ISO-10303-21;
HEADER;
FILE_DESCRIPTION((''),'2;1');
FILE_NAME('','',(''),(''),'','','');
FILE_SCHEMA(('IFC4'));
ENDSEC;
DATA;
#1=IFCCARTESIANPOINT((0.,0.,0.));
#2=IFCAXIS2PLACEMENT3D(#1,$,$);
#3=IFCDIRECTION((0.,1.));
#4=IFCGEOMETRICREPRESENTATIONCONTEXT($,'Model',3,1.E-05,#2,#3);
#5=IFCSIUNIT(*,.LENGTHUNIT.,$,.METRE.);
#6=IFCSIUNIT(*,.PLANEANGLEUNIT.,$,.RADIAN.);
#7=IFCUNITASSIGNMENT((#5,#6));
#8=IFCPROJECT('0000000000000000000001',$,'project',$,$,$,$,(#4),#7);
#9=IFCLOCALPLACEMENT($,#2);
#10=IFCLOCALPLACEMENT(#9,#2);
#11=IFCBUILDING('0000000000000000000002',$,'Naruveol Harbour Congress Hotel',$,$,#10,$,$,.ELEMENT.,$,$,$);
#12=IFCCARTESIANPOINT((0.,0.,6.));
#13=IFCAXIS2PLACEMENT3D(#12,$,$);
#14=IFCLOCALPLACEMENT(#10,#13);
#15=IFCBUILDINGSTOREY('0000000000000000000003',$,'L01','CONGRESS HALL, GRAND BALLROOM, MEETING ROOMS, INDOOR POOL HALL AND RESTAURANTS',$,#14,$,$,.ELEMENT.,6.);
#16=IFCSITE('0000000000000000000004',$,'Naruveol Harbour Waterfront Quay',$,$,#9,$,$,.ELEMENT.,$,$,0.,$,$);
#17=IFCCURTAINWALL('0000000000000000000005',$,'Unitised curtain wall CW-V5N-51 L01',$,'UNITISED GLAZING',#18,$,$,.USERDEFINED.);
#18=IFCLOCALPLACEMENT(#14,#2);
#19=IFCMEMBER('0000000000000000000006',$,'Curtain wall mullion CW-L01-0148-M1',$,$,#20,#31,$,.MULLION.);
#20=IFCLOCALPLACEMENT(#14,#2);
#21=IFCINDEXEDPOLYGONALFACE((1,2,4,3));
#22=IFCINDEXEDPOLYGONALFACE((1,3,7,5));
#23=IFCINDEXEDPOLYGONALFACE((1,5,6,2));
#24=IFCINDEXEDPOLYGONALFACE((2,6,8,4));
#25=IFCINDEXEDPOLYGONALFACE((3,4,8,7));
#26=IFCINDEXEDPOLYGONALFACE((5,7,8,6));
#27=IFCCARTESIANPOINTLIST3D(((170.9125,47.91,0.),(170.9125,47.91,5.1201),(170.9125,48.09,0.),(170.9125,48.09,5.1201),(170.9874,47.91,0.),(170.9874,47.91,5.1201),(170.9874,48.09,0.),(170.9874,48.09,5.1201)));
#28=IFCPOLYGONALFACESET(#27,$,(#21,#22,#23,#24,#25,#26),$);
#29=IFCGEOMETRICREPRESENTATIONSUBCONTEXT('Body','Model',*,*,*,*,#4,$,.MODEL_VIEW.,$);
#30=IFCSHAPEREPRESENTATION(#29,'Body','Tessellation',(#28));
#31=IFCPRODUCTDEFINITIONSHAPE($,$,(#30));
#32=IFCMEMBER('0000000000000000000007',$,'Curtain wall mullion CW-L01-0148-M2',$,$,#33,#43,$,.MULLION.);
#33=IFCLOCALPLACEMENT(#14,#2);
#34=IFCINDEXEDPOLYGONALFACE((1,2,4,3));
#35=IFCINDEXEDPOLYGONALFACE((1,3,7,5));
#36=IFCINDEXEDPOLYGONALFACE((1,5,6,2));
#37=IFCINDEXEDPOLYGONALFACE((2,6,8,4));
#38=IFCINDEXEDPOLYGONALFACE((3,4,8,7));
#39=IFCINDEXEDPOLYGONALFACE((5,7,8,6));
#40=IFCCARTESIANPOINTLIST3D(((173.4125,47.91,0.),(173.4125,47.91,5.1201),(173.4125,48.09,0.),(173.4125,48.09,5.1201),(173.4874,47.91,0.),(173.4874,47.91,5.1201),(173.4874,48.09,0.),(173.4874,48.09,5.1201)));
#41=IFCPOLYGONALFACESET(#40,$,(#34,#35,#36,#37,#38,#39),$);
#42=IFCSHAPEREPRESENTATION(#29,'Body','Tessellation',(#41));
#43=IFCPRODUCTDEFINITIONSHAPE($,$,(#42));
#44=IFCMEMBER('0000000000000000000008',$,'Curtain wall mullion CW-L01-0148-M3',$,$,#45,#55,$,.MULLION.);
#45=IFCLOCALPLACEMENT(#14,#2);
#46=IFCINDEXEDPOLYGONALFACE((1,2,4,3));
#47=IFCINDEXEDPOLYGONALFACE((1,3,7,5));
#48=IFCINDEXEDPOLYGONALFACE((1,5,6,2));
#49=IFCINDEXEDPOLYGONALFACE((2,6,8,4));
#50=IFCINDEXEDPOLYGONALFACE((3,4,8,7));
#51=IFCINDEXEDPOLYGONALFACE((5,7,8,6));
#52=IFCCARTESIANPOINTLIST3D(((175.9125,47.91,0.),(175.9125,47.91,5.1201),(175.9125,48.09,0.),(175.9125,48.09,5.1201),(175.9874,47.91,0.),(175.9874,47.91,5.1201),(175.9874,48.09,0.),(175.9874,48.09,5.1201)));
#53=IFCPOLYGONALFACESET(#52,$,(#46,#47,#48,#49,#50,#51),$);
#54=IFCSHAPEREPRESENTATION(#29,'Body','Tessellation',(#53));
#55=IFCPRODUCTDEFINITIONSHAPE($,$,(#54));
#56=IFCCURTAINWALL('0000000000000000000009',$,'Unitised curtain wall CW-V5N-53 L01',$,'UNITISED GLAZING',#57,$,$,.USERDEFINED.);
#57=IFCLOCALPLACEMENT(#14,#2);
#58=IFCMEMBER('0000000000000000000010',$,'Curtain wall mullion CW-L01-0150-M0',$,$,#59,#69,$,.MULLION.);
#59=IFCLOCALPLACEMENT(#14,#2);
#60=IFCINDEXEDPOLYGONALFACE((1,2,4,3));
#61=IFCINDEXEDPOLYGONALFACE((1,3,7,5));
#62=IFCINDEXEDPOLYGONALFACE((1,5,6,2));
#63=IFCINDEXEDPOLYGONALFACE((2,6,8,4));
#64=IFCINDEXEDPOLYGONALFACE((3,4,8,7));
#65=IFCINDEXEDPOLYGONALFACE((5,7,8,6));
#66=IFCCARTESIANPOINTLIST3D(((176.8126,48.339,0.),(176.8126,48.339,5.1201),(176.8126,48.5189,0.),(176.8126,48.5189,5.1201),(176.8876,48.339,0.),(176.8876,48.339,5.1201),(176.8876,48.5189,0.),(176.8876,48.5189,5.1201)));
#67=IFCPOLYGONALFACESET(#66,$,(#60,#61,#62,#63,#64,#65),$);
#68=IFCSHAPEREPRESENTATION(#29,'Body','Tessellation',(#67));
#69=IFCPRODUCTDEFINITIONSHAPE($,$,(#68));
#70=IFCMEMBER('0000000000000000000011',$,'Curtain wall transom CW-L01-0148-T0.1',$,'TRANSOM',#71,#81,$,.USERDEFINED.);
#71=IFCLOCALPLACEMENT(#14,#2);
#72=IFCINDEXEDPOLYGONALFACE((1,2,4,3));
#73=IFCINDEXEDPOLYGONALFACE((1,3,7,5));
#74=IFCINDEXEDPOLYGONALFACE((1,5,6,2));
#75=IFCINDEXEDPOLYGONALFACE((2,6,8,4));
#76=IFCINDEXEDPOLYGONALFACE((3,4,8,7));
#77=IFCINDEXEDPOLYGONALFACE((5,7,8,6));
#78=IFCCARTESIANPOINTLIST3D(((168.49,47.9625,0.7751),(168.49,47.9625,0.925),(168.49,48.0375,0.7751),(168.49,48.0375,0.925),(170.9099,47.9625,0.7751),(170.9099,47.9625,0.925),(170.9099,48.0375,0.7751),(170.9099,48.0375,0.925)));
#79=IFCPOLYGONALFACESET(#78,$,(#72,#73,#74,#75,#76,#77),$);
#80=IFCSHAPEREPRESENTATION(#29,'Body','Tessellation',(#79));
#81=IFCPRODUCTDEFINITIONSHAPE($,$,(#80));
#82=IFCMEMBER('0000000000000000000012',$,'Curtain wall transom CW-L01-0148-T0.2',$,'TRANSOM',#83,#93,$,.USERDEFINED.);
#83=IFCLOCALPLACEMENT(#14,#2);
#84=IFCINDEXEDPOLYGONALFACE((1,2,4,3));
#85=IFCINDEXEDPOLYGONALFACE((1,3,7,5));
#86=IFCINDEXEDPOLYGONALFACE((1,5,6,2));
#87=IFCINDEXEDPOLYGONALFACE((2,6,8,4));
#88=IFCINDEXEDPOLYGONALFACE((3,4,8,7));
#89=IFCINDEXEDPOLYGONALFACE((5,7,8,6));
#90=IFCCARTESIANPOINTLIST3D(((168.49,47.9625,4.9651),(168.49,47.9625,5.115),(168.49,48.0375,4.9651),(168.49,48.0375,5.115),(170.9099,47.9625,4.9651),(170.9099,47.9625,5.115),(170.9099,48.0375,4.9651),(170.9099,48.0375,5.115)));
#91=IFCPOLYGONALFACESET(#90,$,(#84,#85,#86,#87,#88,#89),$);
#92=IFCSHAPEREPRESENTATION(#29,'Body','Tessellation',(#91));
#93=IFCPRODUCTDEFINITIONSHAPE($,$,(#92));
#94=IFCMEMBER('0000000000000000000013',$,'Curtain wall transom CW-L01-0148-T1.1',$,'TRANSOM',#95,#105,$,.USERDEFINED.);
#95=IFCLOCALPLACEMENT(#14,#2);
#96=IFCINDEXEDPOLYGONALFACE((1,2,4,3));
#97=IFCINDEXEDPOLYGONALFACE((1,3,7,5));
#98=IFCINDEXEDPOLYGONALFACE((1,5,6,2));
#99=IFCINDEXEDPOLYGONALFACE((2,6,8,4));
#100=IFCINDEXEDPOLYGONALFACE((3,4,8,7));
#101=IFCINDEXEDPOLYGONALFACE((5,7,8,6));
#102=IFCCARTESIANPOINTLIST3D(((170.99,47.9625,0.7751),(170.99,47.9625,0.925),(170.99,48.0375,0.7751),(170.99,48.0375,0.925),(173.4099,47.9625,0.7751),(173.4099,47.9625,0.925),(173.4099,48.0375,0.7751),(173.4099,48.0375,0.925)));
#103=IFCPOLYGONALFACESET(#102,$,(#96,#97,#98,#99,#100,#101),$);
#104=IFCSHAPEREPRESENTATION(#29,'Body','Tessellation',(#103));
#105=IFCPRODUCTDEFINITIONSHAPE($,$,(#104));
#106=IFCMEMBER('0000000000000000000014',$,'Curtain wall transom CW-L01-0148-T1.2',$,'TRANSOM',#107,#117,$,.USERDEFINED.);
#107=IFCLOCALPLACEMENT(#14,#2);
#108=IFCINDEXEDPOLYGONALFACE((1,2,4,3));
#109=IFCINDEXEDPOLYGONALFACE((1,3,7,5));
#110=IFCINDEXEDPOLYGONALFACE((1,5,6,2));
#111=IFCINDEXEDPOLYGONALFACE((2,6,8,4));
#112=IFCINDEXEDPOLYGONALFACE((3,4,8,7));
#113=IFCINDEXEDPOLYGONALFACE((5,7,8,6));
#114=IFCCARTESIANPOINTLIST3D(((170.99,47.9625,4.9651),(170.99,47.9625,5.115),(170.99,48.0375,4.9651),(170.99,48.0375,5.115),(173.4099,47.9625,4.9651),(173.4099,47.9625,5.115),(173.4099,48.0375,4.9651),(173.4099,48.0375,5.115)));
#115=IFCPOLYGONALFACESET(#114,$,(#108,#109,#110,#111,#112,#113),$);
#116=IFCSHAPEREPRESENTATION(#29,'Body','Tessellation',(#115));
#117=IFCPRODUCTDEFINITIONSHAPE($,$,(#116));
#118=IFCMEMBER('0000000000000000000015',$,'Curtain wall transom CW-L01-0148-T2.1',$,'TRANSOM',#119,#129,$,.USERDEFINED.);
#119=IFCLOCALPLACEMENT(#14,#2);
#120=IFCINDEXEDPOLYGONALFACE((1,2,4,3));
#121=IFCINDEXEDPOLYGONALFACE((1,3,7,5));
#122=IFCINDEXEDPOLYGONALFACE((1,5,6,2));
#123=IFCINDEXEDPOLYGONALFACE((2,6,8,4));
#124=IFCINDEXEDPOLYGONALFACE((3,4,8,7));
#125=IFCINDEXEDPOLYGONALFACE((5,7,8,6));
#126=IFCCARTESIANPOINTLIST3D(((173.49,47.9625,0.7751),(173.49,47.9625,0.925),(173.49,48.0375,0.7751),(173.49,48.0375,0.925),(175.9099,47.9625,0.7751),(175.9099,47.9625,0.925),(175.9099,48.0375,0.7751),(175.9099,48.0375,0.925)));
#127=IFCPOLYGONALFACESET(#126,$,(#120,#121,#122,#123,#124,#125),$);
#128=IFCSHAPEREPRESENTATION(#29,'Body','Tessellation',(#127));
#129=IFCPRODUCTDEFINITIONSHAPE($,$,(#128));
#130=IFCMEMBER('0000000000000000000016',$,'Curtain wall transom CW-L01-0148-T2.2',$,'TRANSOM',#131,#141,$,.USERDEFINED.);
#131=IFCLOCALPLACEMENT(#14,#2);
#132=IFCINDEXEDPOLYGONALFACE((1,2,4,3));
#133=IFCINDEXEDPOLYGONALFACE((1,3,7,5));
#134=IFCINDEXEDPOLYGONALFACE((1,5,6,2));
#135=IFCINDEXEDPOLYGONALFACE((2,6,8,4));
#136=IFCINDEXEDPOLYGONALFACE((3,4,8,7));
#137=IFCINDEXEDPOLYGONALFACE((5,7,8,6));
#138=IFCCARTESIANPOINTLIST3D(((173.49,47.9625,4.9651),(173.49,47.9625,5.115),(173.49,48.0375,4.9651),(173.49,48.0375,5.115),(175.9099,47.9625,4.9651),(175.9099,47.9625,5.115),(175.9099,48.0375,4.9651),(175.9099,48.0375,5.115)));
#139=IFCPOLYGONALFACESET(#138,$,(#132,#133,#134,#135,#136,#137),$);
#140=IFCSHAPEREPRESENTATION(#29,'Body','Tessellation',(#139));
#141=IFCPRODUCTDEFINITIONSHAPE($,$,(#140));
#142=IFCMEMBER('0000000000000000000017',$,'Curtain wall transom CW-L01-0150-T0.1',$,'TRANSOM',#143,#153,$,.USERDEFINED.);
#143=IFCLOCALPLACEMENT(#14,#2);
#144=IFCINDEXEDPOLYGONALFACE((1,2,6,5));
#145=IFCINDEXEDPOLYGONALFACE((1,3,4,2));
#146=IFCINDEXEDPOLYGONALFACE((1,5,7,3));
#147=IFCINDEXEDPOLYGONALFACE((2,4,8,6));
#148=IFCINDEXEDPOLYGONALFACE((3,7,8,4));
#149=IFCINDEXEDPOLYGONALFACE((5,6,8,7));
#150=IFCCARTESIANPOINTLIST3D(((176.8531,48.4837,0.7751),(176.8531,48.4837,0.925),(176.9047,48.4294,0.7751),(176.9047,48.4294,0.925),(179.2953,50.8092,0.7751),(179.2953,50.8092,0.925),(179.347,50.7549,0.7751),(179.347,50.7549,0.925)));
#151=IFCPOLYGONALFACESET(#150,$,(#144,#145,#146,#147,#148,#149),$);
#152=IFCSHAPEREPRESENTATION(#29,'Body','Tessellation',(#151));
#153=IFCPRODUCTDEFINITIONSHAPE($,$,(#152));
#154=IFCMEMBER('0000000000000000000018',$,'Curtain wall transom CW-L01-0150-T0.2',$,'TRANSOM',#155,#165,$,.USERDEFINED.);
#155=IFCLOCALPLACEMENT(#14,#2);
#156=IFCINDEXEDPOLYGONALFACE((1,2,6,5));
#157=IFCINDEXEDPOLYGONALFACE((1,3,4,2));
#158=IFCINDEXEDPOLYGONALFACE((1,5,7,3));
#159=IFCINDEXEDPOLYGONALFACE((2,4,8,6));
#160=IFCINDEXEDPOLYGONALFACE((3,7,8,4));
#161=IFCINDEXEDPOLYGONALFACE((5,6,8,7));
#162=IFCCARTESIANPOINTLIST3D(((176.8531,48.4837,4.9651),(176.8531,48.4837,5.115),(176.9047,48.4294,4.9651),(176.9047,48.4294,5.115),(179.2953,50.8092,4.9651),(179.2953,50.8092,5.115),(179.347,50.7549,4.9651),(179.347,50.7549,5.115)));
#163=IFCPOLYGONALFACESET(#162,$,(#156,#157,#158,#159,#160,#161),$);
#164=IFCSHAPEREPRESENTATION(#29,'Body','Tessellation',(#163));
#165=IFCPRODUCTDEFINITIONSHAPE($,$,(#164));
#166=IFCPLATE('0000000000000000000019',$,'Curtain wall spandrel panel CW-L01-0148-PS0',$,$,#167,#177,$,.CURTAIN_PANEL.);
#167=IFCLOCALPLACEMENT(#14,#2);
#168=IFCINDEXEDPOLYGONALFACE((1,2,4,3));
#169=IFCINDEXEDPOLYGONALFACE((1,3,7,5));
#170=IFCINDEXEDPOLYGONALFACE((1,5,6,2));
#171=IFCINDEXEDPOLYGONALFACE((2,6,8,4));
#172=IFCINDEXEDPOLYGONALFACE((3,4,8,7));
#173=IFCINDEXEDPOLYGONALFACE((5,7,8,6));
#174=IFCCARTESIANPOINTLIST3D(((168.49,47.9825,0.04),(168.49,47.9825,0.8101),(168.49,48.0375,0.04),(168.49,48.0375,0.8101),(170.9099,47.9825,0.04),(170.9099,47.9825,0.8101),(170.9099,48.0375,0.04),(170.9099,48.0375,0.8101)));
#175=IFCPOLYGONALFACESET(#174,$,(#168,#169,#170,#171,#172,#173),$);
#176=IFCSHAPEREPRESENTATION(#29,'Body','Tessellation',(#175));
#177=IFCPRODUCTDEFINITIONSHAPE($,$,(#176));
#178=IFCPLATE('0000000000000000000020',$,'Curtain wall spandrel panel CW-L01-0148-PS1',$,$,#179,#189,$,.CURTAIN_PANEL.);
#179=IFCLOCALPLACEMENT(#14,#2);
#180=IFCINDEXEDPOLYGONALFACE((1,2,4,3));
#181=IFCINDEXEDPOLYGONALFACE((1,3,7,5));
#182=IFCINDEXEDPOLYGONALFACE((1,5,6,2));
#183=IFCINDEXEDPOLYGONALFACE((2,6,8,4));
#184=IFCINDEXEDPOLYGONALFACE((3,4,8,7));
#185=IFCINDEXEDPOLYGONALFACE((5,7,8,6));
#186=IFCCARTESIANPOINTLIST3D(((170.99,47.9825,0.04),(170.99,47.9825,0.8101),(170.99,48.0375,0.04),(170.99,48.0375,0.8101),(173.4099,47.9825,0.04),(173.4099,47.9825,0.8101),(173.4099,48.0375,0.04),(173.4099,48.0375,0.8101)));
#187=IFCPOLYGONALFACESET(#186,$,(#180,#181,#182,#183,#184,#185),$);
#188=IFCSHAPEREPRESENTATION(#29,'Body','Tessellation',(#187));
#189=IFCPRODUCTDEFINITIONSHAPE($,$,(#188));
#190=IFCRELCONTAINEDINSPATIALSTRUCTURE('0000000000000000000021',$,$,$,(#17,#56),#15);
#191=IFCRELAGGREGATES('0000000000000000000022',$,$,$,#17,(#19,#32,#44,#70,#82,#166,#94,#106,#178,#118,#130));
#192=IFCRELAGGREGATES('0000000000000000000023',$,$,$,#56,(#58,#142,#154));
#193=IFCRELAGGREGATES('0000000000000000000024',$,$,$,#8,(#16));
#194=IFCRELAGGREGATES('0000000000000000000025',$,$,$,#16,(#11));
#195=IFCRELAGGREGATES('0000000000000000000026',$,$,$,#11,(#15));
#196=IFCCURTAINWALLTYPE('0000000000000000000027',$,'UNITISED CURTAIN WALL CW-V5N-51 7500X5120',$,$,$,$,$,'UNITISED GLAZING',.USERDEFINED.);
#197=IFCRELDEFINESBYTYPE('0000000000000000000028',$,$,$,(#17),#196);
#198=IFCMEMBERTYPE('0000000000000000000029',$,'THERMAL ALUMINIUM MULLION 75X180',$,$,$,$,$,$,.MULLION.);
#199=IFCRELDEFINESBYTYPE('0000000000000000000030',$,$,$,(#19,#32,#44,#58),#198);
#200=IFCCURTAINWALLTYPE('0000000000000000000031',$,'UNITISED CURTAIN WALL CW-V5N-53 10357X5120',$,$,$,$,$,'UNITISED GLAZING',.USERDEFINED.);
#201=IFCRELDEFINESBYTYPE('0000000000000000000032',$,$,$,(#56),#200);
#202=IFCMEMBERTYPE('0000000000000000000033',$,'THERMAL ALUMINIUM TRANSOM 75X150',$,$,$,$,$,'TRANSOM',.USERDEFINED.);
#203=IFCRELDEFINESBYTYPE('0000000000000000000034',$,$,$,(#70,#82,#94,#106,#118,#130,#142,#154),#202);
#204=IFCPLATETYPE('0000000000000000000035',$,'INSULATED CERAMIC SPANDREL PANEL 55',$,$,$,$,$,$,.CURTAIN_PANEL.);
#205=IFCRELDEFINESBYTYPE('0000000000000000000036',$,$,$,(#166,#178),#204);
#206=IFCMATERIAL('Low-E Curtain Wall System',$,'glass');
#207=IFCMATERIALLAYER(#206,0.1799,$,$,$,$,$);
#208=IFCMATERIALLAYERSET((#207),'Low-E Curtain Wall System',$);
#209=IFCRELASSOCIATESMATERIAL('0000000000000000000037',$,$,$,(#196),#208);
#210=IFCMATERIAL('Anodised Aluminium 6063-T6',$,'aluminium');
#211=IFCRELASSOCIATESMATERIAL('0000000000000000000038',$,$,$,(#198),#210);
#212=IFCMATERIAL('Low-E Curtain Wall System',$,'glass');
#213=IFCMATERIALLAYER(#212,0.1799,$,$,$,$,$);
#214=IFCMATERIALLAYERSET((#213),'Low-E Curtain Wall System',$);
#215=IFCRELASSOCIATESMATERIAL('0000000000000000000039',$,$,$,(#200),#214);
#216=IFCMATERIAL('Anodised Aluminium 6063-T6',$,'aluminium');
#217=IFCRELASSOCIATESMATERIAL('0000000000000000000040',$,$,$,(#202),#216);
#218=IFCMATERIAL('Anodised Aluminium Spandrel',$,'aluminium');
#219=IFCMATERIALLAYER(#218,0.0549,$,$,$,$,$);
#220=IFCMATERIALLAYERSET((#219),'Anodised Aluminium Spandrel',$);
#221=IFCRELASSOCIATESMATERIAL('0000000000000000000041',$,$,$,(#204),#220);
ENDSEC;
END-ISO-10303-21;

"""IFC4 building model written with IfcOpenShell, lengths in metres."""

from ifc_helpers import new_model, si_unit, direction, frame, origin, origin_2d, place, context, subcontext, project, spatial, rectangle, extrude, material, layer, layer_set, material_profile, profile_set, type_object, element, aggregate, save


model = new_model("IFC4")

# Units and contexts
model_context = context("Model", 3, precision=1e-05, world=origin(), true_north=direction((0.0, 1.0)))
body_context = subcontext(model_context, "Body", "Model", "MODEL_VIEW")
ifc_project = project(units=[si_unit("LENGTHUNIT", "METRE"), si_unit("PLANEANGLEUNIT", "RADIAN")], contexts=[model_context])

# Site, building, storey
site_placement = place(None, origin())
site = spatial("IfcSite", under=ifc_project, at=site_placement, Name="Naruveol Harbour Waterfront Quay", CompositionType="ELEMENT", RefElevation=0.0)
building_placement = place(site_placement, origin())
building = spatial("IfcBuilding", under=site, at=building_placement, Name="Naruveol Harbour Congress Hotel", CompositionType="ELEMENT")
storey_placement = place(building_placement, frame((0.0, 0.0, 6.0)))
storey = spatial("IfcBuildingStorey", under=building, at=storey_placement, Name="L01", Description="CONGRESS HALL, GRAND BALLROOM, MEETING ROOMS, INDOOR POOL HALL AND RESTAURANTS", CompositionType="ELEMENT", Elevation=6.0)

# Curtain wall, members
ifc_material_1 = material(Name="Low-E Curtain Wall System", Category="glass")
ifc_layer_1 = layer(ifc_material_1, 0.1799)
ifc_layer_set_1 = layer_set([ifc_layer_1], Name="Low-E Curtain Wall System")
curtain_wall_type_1 = type_object("IfcCurtainWallType", Name="UNITISED CURTAIN WALL CW-V5N-51 7500X5120", ElementType="UNITISED GLAZING", PredefinedType="USERDEFINED", material=ifc_layer_set_1)
curtain_wall_1_placement = place(storey_placement, origin())
curtain_wall_1 = element("IfcCurtainWall", 1, at=curtain_wall_1_placement, inside=storey, type_object=curtain_wall_type_1, Name="Unitised curtain wall CW-V5N-51 L01", ObjectType="UNITISED GLAZING", PredefinedType="USERDEFINED")
ifc_material_2 = material(Name="Anodised Aluminium 6063-T6", Category="aluminium")
ifc_material_profile_1 = material_profile(ifc_material_2, rectangle(XDim=0.075, YDim=0.1799, at=origin_2d()), Name="ALU-75x180")
ifc_profile_set_1 = profile_set([ifc_material_profile_1], Name="Anodised Aluminium 6063-T6")
member_type_1 = type_object("IfcMemberType", Name="THERMAL ALUMINIUM MULLION 75X180", PredefinedType="MULLION", material=ifc_profile_set_1)
member_1_placement = place(storey_placement, frame((170.95, 48.0, 0.0), z_axis=(0.0, 0.0, 1.0), x_axis=(1.0, 0.0, 0.0)))
member_1 = element("IfcMember", 2, at=member_1_placement, type_object=member_type_1, Name="Curtain wall mullion CW-L01-0148-M1", PredefinedType="MULLION", context=body_context, shape_type="SweptSolid", body=[
    extrude(rectangle(XDim=0.075, YDim=0.1799, at=origin_2d()), origin(), (0.0, 0.0, 1.0), 5.1201),
])
member_2_placement = place(storey_placement, frame((173.45, 48.0, 0.0), z_axis=(0.0, 0.0, 1.0), x_axis=(1.0, 0.0, 0.0)))
member_2 = element("IfcMember", 3, at=member_2_placement, type_object=member_type_1, Name="Curtain wall mullion CW-L01-0148-M2", PredefinedType="MULLION", context=body_context, shape_type="SweptSolid", body=[
    extrude(rectangle(XDim=0.075, YDim=0.1799, at=origin_2d()), origin(), (0.0, 0.0, 1.0), 5.1201),
])
member_3_placement = place(storey_placement, frame((175.95, 48.0, 0.0), z_axis=(0.0, 0.0, 1.0), x_axis=(1.0, 0.0, 0.0)))
member_3 = element("IfcMember", 4, at=member_3_placement, type_object=member_type_1, Name="Curtain wall mullion CW-L01-0148-M3", PredefinedType="MULLION", context=body_context, shape_type="SweptSolid", body=[
    extrude(rectangle(XDim=0.075, YDim=0.1799, at=origin_2d()), origin(), (0.0, 0.0, 1.0), 5.1201),
])

# Curtain wall, member
ifc_material_3 = material(Name="Low-E Curtain Wall System", Category="glass")
ifc_layer_2 = layer(ifc_material_3, 0.1799)
ifc_layer_set_2 = layer_set([ifc_layer_2], Name="Low-E Curtain Wall System")
curtain_wall_type_2 = type_object("IfcCurtainWallType", Name="UNITISED CURTAIN WALL CW-V5N-53 10357X5120", ElementType="UNITISED GLAZING", PredefinedType="USERDEFINED", material=ifc_layer_set_2)
curtain_wall_2_placement = place(storey_placement, origin())
curtain_wall_2 = element("IfcCurtainWall", 5, at=curtain_wall_2_placement, inside=storey, type_object=curtain_wall_type_2, Name="Unitised curtain wall CW-V5N-53 L01", ObjectType="UNITISED GLAZING", PredefinedType="USERDEFINED")
member_4_placement = place(storey_placement, frame((176.8501, 48.429, 0.0), z_axis=(0.0, 0.0, 1.0), x_axis=(1.0, 0.0, 0.0)))
member_4 = element("IfcMember", 6, at=member_4_placement, type_object=member_type_1, Name="Curtain wall mullion CW-L01-0150-M0", PredefinedType="MULLION", context=body_context, shape_type="SweptSolid", body=[
    extrude(rectangle(XDim=0.075, YDim=0.1799, at=origin_2d()), origin(), (0.0, 0.0, 1.0), 5.1201),
])

# Members
ifc_material_4 = material(Name="Anodised Aluminium 6063-T6", Category="aluminium")
ifc_material_profile_2 = material_profile(ifc_material_4, rectangle(XDim=0.075, YDim=0.1499, at=origin_2d()), Name="ALU-75x150")
ifc_profile_set_2 = profile_set([ifc_material_profile_2], Name="Anodised Aluminium 6063-T6")
member_type_2 = type_object("IfcMemberType", Name="THERMAL ALUMINIUM TRANSOM 75X150", ElementType="TRANSOM", PredefinedType="USERDEFINED", material=ifc_profile_set_2)
member_5_placement = place(storey_placement, frame((168.49, 48.0, 0.8501), z_axis=(1.0, 0.0, 0.0), x_axis=(0.0, 1.0, 0.0)))
member_5 = element("IfcMember", 7, at=member_5_placement, type_object=member_type_2, Name="Curtain wall transom CW-L01-0148-T0.1", ObjectType="TRANSOM", PredefinedType="USERDEFINED", context=body_context, shape_type="SweptSolid", body=[
    extrude(rectangle(XDim=0.075, YDim=0.1499, at=origin_2d()), origin(), (0.0, 0.0, 1.0), 2.4199),
])
member_6_placement = place(storey_placement, frame((168.49, 48.0, 5.04), z_axis=(1.0, 0.0, 0.0), x_axis=(0.0, 1.0, 0.0)))
member_6 = element("IfcMember", 8, at=member_6_placement, type_object=member_type_2, Name="Curtain wall transom CW-L01-0148-T0.2", ObjectType="TRANSOM", PredefinedType="USERDEFINED", context=body_context, shape_type="SweptSolid", body=[
    extrude(rectangle(XDim=0.075, YDim=0.1499, at=origin_2d()), origin(), (0.0, 0.0, 1.0), 2.4199),
])
member_7_placement = place(storey_placement, frame((170.99, 48.0, 0.8501), z_axis=(1.0, 0.0, 0.0), x_axis=(0.0, 1.0, 0.0)))
member_7 = element("IfcMember", 9, at=member_7_placement, type_object=member_type_2, Name="Curtain wall transom CW-L01-0148-T1.1", ObjectType="TRANSOM", PredefinedType="USERDEFINED", context=body_context, shape_type="SweptSolid", body=[
    extrude(rectangle(XDim=0.075, YDim=0.1499, at=origin_2d()), origin(), (0.0, 0.0, 1.0), 2.4199),
])
member_8_placement = place(storey_placement, frame((170.99, 48.0, 5.04), z_axis=(1.0, 0.0, 0.0), x_axis=(0.0, 1.0, 0.0)))
member_8 = element("IfcMember", 10, at=member_8_placement, type_object=member_type_2, Name="Curtain wall transom CW-L01-0148-T1.2", ObjectType="TRANSOM", PredefinedType="USERDEFINED", context=body_context, shape_type="SweptSolid", body=[
    extrude(rectangle(XDim=0.075, YDim=0.1499, at=origin_2d()), origin(), (0.0, 0.0, 1.0), 2.4199),
])
member_9_placement = place(storey_placement, frame((173.49, 48.0, 0.8501), z_axis=(1.0, 0.0, 0.0), x_axis=(0.0, 1.0, 0.0)))
member_9 = element("IfcMember", 11, at=member_9_placement, type_object=member_type_2, Name="Curtain wall transom CW-L01-0148-T2.1", ObjectType="TRANSOM", PredefinedType="USERDEFINED", context=body_context, shape_type="SweptSolid", body=[
    extrude(rectangle(XDim=0.075, YDim=0.1499, at=origin_2d()), origin(), (0.0, 0.0, 1.0), 2.4199),
])
member_10_placement = place(storey_placement, frame((173.49, 48.0, 5.04), z_axis=(1.0, 0.0, 0.0), x_axis=(0.0, 1.0, 0.0)))
member_10 = element("IfcMember", 12, at=member_10_placement, type_object=member_type_2, Name="Curtain wall transom CW-L01-0148-T2.2", ObjectType="TRANSOM", PredefinedType="USERDEFINED", context=body_context, shape_type="SweptSolid", body=[
    extrude(rectangle(XDim=0.075, YDim=0.1499, at=origin_2d()), origin(), (0.0, 0.0, 1.0), 2.4199),
])
member_11_placement = place(storey_placement, frame((176.8789, 48.4565, 0.8501), z_axis=(0.724198, 0.689592, 0.0), x_axis=(-0.689592, 0.724198, 0.0)))
member_11 = element("IfcMember", 13, at=member_11_placement, type_object=member_type_2, Name="Curtain wall transom CW-L01-0150-T0.1", ObjectType="TRANSOM", PredefinedType="USERDEFINED", context=body_context, shape_type="SweptSolid", body=[
    extrude(rectangle(XDim=0.075, YDim=0.1499, at=origin_2d()), origin(), (0.0, 0.0, 1.0), 3.3723),
])
member_12_placement = place(storey_placement, frame((176.8789, 48.4565, 5.04), z_axis=(0.724198, 0.689592, 0.0), x_axis=(-0.689592, 0.724198, 0.0)))
member_12 = element("IfcMember", 14, at=member_12_placement, type_object=member_type_2, Name="Curtain wall transom CW-L01-0150-T0.2", ObjectType="TRANSOM", PredefinedType="USERDEFINED", context=body_context, shape_type="SweptSolid", body=[
    extrude(rectangle(XDim=0.075, YDim=0.1499, at=origin_2d()), origin(), (0.0, 0.0, 1.0), 3.3723),
])

# Plates
ifc_material_5 = material(Name="Anodised Aluminium Spandrel", Category="aluminium")
ifc_layer_3 = layer(ifc_material_5, 0.0549)
ifc_layer_set_3 = layer_set([ifc_layer_3], Name="Anodised Aluminium Spandrel")
plate_type_1 = type_object("IfcPlateType", Name="INSULATED CERAMIC SPANDREL PANEL 55", PredefinedType="CURTAIN_PANEL", material=ifc_layer_set_3)
plate_1_placement = place(storey_placement, frame((169.7, 48.01, 0.04), z_axis=(0.0, 0.0, 1.0), x_axis=(1.0, 0.0, 0.0)))
plate_1 = element("IfcPlate", 15, at=plate_1_placement, type_object=plate_type_1, Name="Curtain wall spandrel panel CW-L01-0148-PS0", PredefinedType="CURTAIN_PANEL", context=body_context, shape_type="SweptSolid", body=[
    extrude(rectangle(XDim=2.4199, YDim=0.0549, at=origin_2d()), origin(), (0.0, 0.0, 1.0), 0.77),
])
plate_2_placement = place(storey_placement, frame((172.2, 48.01, 0.04), z_axis=(0.0, 0.0, 1.0), x_axis=(1.0, 0.0, 0.0)))
plate_2 = element("IfcPlate", 16, at=plate_2_placement, type_object=plate_type_1, Name="Curtain wall spandrel panel CW-L01-0148-PS1", PredefinedType="CURTAIN_PANEL", context=body_context, shape_type="SweptSolid", body=[
    extrude(rectangle(XDim=2.4199, YDim=0.0549, at=origin_2d()), origin(), (0.0, 0.0, 1.0), 0.77),
])
aggregate(curtain_wall_1, [member_1, member_2, member_3, member_5, member_6, plate_1, member_7, member_8, plate_2, member_9, member_10])
aggregate(curtain_wall_2, [member_4, member_11, member_12])

save(model, "model.ifc")
